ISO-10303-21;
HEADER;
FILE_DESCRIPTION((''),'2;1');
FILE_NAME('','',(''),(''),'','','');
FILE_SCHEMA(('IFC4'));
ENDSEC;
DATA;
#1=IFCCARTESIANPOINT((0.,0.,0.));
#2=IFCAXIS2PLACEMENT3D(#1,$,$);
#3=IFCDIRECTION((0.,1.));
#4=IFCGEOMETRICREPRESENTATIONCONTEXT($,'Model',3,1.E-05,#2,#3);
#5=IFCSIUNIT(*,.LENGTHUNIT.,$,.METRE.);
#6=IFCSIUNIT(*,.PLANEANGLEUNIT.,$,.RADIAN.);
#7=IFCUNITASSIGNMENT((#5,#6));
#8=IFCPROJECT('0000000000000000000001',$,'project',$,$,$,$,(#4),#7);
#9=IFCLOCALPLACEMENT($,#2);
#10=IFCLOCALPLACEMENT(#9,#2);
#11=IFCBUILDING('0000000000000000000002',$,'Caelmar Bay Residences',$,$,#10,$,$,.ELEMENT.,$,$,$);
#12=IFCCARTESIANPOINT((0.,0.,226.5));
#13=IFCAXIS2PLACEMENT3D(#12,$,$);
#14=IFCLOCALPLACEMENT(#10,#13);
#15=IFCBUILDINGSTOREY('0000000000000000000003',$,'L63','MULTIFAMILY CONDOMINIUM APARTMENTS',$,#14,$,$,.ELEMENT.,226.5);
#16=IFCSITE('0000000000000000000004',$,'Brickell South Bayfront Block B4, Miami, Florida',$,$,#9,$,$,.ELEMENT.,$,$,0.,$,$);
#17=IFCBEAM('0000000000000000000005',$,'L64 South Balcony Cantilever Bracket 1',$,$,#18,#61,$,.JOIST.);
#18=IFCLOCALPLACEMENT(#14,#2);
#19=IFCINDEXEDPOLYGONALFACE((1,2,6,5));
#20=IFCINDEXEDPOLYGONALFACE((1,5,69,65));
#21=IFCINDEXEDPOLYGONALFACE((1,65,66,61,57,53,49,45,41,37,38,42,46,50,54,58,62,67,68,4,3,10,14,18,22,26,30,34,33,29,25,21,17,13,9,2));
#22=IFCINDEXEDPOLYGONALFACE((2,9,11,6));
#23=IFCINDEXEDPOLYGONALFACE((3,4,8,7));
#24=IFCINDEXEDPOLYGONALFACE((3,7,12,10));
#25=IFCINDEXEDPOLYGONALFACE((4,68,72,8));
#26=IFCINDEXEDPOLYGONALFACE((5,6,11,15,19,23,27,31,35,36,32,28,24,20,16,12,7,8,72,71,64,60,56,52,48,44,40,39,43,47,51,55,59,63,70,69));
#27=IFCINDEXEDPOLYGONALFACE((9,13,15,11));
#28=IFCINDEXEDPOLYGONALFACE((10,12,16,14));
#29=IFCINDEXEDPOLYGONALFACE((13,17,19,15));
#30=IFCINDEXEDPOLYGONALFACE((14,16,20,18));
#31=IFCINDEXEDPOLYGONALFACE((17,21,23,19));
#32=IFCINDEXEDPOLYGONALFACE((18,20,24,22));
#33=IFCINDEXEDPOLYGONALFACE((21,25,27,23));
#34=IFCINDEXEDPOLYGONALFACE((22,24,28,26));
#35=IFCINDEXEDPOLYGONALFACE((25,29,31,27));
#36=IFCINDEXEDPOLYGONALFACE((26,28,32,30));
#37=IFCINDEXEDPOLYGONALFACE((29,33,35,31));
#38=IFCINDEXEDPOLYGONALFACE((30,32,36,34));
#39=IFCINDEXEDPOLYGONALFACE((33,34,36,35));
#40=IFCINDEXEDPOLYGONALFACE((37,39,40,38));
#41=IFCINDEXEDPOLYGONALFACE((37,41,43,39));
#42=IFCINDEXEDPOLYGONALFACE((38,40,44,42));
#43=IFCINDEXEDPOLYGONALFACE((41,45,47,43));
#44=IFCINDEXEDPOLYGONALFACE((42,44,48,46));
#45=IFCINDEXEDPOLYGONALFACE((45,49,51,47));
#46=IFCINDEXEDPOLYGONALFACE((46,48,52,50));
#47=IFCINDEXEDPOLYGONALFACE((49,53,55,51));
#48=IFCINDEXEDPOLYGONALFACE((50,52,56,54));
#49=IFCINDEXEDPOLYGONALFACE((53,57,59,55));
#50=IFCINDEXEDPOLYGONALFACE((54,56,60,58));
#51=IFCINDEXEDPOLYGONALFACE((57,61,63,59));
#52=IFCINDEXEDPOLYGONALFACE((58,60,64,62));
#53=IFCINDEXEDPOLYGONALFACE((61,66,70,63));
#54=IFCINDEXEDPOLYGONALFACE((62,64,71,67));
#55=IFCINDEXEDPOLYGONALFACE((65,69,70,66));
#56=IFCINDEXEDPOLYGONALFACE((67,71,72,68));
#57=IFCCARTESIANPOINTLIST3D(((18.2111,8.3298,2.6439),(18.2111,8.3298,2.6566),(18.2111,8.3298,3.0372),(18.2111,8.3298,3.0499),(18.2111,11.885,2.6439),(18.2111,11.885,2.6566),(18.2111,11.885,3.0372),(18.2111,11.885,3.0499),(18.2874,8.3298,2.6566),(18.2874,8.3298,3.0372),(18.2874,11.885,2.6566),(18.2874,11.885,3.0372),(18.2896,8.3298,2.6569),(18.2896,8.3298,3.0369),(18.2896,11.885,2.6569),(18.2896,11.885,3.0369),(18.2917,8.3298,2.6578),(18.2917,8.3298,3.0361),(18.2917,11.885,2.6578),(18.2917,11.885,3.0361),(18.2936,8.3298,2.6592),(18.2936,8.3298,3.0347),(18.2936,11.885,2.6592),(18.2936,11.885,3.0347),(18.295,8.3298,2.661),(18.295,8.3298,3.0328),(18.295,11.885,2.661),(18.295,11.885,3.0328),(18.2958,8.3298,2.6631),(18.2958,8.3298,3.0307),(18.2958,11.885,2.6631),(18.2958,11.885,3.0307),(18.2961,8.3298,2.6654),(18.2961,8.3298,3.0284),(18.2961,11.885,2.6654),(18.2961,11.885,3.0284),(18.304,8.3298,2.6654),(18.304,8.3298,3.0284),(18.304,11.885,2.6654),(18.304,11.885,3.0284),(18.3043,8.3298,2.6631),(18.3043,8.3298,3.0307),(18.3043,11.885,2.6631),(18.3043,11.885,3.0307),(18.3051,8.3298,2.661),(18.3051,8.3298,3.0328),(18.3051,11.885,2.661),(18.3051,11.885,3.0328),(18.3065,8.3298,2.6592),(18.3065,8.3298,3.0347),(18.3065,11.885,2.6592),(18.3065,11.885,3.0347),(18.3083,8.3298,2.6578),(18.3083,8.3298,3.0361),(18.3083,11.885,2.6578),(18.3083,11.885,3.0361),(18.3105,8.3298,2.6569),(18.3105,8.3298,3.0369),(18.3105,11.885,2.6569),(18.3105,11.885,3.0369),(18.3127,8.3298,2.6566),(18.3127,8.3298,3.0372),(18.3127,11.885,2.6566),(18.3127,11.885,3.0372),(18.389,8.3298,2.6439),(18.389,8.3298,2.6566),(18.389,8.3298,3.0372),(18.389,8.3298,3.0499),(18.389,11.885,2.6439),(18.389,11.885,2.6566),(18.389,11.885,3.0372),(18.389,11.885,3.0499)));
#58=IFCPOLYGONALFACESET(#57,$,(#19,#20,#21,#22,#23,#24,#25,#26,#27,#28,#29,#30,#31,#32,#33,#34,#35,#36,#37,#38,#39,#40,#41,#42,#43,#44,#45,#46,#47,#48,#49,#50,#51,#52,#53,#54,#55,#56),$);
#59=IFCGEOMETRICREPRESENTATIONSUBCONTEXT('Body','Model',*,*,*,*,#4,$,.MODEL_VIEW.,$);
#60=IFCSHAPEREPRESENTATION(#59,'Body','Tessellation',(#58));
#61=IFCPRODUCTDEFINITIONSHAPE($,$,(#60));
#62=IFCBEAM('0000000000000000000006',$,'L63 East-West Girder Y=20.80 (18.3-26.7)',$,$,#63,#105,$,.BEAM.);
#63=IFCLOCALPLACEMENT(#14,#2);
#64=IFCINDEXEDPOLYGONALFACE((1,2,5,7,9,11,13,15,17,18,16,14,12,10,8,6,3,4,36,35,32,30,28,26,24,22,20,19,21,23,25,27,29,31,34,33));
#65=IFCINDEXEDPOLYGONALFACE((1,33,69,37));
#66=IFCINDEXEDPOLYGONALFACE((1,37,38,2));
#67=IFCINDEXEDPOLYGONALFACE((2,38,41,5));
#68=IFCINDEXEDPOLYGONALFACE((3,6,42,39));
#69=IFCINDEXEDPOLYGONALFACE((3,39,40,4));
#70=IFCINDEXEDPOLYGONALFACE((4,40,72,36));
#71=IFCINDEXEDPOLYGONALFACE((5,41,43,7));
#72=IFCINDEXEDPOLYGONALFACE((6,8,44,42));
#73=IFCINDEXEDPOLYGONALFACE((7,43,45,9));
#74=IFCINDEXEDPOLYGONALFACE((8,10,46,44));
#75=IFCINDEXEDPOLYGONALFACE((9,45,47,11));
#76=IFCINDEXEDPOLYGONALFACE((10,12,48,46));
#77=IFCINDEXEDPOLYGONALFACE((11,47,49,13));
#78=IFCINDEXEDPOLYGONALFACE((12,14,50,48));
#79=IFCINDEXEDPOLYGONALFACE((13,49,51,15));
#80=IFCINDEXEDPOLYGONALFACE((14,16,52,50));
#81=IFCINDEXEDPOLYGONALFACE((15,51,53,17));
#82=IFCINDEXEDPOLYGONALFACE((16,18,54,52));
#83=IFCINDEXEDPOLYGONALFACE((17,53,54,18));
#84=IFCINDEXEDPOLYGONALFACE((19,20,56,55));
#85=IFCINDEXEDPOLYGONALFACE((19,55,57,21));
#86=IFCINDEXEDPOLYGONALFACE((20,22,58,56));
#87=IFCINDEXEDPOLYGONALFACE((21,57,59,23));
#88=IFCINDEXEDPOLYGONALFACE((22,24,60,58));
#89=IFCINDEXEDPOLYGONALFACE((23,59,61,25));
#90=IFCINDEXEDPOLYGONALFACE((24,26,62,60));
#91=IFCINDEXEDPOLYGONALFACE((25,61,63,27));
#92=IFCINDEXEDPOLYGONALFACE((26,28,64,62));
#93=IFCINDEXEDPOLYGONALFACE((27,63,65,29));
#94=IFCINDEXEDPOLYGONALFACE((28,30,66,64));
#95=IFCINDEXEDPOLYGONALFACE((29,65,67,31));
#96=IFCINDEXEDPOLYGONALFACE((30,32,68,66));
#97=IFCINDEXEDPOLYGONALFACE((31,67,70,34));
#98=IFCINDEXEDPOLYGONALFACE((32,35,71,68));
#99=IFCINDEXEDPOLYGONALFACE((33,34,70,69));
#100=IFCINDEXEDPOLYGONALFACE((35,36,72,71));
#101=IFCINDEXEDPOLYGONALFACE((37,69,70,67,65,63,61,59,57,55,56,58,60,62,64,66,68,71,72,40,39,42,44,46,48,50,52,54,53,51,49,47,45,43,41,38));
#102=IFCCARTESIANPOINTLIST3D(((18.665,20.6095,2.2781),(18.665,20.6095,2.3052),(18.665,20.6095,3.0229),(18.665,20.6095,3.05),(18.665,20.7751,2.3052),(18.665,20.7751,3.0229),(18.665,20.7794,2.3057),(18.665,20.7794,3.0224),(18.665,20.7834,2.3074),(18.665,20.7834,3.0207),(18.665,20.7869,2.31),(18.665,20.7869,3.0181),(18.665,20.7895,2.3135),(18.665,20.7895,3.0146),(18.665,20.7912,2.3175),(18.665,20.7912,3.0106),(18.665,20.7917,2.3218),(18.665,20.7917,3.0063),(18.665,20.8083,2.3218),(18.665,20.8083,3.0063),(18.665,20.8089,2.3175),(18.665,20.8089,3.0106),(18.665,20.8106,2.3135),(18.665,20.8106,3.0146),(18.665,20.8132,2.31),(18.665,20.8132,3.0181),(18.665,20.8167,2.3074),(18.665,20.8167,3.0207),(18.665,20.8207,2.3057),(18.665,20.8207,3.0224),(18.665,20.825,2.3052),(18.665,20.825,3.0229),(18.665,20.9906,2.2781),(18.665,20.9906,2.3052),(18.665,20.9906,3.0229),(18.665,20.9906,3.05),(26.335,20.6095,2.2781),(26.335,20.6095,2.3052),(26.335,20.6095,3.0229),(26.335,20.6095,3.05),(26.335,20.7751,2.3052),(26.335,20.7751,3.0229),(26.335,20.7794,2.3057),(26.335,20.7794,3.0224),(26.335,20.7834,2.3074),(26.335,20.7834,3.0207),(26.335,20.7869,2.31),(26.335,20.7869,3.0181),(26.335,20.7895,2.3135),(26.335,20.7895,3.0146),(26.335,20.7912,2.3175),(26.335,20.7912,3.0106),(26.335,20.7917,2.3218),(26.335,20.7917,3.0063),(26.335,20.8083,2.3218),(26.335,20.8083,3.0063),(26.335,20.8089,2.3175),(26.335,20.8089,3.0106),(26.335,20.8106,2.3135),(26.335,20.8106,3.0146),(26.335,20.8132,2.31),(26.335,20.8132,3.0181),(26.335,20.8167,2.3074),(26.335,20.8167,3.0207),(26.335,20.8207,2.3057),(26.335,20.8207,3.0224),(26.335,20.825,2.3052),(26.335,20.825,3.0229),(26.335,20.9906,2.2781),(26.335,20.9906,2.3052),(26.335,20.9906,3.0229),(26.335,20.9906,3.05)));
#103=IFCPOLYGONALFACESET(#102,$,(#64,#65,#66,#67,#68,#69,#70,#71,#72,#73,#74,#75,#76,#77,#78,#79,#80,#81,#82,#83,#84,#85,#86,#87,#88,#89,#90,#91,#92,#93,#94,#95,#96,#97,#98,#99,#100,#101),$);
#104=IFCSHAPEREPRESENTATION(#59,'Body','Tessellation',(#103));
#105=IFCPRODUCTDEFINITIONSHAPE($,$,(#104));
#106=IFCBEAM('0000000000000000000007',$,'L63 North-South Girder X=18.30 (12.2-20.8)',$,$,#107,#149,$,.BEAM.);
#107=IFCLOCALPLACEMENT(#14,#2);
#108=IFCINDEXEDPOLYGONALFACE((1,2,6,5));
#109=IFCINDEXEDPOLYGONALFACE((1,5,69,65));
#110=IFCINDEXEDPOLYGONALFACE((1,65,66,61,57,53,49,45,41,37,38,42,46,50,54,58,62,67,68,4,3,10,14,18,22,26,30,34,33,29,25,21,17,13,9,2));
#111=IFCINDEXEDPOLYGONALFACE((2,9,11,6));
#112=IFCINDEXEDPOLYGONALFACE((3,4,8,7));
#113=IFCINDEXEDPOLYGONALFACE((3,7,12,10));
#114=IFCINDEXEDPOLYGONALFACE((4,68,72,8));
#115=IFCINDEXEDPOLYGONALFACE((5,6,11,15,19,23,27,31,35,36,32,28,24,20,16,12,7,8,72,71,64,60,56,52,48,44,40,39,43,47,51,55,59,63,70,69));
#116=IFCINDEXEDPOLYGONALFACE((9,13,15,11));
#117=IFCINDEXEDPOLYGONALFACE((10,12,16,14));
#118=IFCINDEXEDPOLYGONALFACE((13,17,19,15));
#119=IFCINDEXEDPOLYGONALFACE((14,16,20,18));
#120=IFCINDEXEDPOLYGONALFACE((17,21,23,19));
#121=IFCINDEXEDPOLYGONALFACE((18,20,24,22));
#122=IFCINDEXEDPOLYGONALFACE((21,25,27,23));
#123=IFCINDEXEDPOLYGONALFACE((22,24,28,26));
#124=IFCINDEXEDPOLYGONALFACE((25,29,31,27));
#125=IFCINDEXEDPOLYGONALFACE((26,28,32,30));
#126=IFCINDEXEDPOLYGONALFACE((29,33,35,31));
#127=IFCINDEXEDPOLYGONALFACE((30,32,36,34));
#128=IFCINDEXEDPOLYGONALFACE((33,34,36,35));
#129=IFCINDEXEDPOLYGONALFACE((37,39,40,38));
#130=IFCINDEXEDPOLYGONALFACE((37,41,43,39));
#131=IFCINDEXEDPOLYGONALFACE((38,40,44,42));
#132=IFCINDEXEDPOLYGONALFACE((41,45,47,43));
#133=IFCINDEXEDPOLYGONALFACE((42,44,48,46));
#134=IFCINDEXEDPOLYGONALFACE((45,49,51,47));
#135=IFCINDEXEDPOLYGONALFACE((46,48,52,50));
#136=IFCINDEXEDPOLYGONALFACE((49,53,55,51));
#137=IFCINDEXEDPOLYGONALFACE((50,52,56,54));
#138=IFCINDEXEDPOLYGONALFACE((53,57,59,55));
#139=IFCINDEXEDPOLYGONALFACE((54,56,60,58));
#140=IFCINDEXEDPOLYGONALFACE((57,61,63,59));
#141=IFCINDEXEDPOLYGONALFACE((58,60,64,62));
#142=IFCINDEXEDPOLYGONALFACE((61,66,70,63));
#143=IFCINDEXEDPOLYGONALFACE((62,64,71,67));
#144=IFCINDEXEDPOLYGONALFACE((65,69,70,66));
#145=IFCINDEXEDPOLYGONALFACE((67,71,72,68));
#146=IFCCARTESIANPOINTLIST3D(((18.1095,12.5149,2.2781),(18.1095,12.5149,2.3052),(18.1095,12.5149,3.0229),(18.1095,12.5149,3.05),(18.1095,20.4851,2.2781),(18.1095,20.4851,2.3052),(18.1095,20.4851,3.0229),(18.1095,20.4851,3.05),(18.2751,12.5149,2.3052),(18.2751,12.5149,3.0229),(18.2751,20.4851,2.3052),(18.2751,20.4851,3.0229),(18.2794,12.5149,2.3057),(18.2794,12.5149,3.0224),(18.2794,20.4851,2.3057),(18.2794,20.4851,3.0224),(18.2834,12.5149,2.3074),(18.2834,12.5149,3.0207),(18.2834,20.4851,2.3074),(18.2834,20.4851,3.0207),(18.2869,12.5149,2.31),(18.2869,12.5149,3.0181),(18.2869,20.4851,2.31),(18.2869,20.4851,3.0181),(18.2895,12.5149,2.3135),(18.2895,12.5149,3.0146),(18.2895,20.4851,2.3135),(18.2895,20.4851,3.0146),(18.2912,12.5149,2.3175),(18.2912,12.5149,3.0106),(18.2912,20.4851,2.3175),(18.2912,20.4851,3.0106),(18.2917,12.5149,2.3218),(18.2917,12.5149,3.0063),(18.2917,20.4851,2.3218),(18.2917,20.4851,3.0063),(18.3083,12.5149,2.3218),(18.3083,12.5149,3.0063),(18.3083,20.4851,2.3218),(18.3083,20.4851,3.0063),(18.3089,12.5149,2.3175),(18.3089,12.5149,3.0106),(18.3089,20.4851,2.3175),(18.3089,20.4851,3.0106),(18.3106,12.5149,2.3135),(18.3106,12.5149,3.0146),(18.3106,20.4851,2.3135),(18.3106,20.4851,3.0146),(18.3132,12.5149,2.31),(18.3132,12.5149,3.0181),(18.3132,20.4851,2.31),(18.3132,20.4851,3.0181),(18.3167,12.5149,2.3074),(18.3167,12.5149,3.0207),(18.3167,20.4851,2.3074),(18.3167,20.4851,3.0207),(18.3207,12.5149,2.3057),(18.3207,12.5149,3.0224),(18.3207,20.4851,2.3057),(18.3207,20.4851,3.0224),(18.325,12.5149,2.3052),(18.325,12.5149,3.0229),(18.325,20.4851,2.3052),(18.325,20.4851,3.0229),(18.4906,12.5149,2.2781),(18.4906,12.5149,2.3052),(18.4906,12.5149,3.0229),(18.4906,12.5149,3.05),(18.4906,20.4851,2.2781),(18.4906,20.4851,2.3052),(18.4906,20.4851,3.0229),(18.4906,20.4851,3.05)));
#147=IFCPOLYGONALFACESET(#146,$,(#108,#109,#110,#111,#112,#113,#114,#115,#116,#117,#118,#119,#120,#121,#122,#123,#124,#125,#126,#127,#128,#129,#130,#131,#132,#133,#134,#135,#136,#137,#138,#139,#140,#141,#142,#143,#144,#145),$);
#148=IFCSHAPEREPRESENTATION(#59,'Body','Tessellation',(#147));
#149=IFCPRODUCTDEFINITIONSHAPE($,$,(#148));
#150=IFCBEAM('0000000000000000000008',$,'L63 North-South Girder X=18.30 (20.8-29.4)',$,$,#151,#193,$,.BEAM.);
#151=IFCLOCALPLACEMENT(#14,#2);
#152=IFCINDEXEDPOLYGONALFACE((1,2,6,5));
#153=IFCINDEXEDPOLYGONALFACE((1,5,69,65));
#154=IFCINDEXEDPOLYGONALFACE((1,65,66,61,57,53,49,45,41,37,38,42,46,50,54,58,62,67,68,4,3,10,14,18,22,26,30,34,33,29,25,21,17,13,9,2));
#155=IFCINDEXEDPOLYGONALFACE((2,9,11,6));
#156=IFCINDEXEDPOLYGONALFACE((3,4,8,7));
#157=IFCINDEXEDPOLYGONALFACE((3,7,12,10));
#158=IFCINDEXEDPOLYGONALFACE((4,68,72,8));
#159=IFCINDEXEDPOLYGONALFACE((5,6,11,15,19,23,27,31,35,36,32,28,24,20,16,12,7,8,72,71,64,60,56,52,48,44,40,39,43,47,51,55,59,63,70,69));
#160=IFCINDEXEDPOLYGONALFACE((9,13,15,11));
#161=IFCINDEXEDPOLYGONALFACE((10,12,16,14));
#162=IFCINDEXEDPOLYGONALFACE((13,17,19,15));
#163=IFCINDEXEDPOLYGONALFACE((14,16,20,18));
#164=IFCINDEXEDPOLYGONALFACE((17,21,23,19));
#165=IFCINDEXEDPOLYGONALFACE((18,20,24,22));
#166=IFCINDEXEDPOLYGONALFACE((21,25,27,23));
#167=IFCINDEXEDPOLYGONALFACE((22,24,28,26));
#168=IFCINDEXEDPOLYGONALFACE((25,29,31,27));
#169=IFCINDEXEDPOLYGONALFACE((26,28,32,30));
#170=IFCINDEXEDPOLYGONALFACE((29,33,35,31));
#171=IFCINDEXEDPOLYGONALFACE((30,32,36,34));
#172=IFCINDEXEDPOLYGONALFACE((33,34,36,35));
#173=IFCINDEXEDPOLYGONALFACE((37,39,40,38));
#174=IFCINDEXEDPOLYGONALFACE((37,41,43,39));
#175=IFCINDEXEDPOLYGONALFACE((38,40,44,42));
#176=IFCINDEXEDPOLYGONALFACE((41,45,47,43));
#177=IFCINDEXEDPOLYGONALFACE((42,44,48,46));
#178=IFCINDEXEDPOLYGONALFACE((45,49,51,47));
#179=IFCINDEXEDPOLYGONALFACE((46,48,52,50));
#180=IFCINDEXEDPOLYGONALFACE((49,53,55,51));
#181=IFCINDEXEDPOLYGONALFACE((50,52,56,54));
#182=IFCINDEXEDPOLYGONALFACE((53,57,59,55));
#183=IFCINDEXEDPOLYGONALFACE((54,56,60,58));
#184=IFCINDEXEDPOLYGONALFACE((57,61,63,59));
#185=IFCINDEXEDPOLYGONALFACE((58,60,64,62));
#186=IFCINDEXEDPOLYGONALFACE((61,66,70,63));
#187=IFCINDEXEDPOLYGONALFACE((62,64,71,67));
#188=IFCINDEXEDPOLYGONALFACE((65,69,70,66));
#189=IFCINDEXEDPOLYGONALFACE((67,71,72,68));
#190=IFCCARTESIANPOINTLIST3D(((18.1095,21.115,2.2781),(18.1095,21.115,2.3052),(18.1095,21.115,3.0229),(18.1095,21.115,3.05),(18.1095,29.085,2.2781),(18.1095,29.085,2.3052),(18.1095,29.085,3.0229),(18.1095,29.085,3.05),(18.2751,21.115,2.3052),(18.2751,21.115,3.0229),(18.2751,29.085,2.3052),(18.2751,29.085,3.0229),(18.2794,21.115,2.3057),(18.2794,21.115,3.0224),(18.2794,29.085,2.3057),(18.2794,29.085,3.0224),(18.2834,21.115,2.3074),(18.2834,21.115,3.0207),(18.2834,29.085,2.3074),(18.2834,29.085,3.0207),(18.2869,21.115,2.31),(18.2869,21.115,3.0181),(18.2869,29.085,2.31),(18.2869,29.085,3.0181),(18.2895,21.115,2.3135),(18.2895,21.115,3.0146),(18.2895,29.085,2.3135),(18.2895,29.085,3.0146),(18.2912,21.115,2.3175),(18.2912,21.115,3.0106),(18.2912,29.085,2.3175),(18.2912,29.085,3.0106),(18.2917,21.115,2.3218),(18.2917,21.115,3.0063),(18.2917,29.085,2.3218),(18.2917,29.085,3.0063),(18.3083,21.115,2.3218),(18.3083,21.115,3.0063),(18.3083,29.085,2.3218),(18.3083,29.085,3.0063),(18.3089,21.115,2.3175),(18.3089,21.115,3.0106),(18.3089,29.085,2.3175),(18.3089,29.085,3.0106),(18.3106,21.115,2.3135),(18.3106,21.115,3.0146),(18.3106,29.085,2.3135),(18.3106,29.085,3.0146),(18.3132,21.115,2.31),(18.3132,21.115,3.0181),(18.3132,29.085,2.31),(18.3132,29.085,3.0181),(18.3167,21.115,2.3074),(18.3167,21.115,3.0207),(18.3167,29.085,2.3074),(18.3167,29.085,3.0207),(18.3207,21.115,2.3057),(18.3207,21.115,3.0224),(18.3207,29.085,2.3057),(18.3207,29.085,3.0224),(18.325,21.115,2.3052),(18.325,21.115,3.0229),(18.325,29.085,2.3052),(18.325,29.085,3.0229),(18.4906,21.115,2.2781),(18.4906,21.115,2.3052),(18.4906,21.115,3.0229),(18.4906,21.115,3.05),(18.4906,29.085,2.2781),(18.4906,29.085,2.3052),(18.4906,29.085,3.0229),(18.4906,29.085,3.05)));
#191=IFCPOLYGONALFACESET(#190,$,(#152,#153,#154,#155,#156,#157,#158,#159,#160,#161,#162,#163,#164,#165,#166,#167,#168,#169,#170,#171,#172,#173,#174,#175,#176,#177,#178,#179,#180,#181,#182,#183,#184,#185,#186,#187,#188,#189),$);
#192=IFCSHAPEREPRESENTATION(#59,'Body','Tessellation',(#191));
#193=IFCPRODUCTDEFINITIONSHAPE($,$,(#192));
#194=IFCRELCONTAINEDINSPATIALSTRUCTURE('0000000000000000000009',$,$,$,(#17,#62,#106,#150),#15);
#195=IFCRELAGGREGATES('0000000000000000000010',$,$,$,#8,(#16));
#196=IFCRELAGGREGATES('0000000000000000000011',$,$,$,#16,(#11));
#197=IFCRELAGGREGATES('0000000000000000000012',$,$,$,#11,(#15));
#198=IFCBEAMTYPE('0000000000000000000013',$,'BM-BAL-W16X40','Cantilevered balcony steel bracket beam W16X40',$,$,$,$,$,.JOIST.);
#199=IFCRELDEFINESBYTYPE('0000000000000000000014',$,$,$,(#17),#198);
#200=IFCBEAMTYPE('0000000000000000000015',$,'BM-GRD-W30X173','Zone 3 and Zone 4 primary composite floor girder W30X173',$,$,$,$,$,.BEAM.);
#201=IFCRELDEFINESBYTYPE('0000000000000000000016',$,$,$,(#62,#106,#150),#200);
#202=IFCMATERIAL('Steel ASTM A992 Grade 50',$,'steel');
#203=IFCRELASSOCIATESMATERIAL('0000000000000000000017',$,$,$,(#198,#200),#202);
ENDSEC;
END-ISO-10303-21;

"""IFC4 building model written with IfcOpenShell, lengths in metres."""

from ifc_helpers import new_model, si_unit, direction, frame, origin, origin_2d, place, context, subcontext, project, spatial, i_section, extrude, material, material_profile, profile_set, type_object, element, save


model = new_model("IFC4")

# Units and contexts
model_context = context("Model", 3, precision=1e-05, world=origin(), true_north=direction((0.0, 1.0)))
body_context = subcontext(model_context, "Body", "Model", "MODEL_VIEW")
ifc_project = project(units=[si_unit("LENGTHUNIT", "METRE"), si_unit("PLANEANGLEUNIT", "RADIAN")], contexts=[model_context])

# Site, building, storey
site_placement = place(None, origin())
site = spatial("IfcSite", under=ifc_project, at=site_placement, Name="Brickell South Bayfront Block B4, Miami, Florida", CompositionType="ELEMENT", RefElevation=0.0)
building_placement = place(site_placement, origin())
building = spatial("IfcBuilding", under=site, at=building_placement, Name="Caelmar Bay Residences", CompositionType="ELEMENT")
storey_placement = place(building_placement, frame((0.0, 0.0, 226.5)))
storey = spatial("IfcBuildingStorey", under=building, at=storey_placement, Name="L63", Description="MULTIFAMILY CONDOMINIUM APARTMENTS", CompositionType="ELEMENT", Elevation=226.5)

# Beams
ifc_material_1 = material(Name="Steel ASTM A992 Grade 50", Category="steel")
ifc_material_profile_1 = material_profile(ifc_material_1, i_section(OverallWidth=0.178, OverallDepth=0.406, WebThickness=0.0078, FlangeThickness=0.0127, FilletRadius=0.0088, at=origin_2d()), Name="W16X40")
ifc_profile_set_1 = profile_set([ifc_material_profile_1], Name="Steel ASTM A992 Grade 50")
beam_type_1 = type_object("IfcBeamType", Name="BM-BAL-W16X40", Description="Cantilevered balcony steel bracket beam W16X40", PredefinedType="JOIST", material=ifc_profile_set_1)
beam_1_placement = place(storey_placement, frame((18.3, 11.885, 2.8469), z_axis=(0.0, -1.0, 0.0), x_axis=(1.0, 0.0, 0.0)))
element("IfcBeam", 1, at=beam_1_placement, inside=storey, type_object=beam_type_1, Name="L64 South Balcony Cantilever Bracket 1", PredefinedType="JOIST", context=body_context, shape_type="SweptSolid", body=[
    extrude(i_section(OverallWidth=0.178, OverallDepth=0.406, WebThickness=0.0078, FlangeThickness=0.0127, FilletRadius=0.0088, at=origin_2d()), origin(), (0.0, 0.0, 1.0), 3.5552),
])
ifc_material_profile_2 = material_profile(ifc_material_1, i_section(OverallWidth=0.3811, OverallDepth=0.772, WebThickness=0.0166, FlangeThickness=0.0271, FilletRadius=0.0166, at=origin_2d()), Name="W30X173")
ifc_profile_set_2 = profile_set([ifc_material_profile_2], Name="Steel ASTM A992 Grade 50")
beam_type_2 = type_object("IfcBeamType", Name="BM-GRD-W30X173", Description="Zone 3 and Zone 4 primary composite floor girder W30X173", PredefinedType="BEAM", material=ifc_profile_set_2)
beam_2_placement = place(storey_placement, frame((18.665, 20.8, 2.6641), z_axis=(1.0, 0.0, 0.0), x_axis=(0.0, 1.0, 0.0)))
element("IfcBeam", 2, at=beam_2_placement, inside=storey, type_object=beam_type_2, Name="L63 East-West Girder Y=20.80 (18.3-26.7)", PredefinedType="BEAM", context=body_context, shape_type="SweptSolid", body=[
    extrude(i_section(OverallWidth=0.3811, OverallDepth=0.772, WebThickness=0.0166, FlangeThickness=0.0271, FilletRadius=0.0166, at=origin_2d()), origin(), (0.0, 0.0, 1.0), 7.6699),
])
beam_3_placement = place(storey_placement, frame((18.3, 12.5149, 2.6641), z_axis=(0.0, 1.0, 0.0), x_axis=(-1.0, 0.0, 0.0)))
element("IfcBeam", 3, at=beam_3_placement, inside=storey, type_object=beam_type_2, Name="L63 North-South Girder X=18.30 (12.2-20.8)", PredefinedType="BEAM", context=body_context, shape_type="SweptSolid", body=[
    extrude(i_section(OverallWidth=0.3811, OverallDepth=0.772, WebThickness=0.0166, FlangeThickness=0.0271, FilletRadius=0.0166, at=origin_2d()), origin(), (0.0, 0.0, 1.0), 7.9702),
])
beam_4_placement = place(storey_placement, frame((18.3, 21.115, 2.6641), z_axis=(0.0, 1.0, 0.0), x_axis=(-1.0, 0.0, 0.0)))
element("IfcBeam", 4, at=beam_4_placement, inside=storey, type_object=beam_type_2, Name="L63 North-South Girder X=18.30 (20.8-29.4)", PredefinedType="BEAM", context=body_context, shape_type="SweptSolid", body=[
    extrude(i_section(OverallWidth=0.3811, OverallDepth=0.772, WebThickness=0.0166, FlangeThickness=0.0271, FilletRadius=0.0166, at=origin_2d()), origin(), (0.0, 0.0, 1.0), 7.97),
])

save(model, "model.ifc")
